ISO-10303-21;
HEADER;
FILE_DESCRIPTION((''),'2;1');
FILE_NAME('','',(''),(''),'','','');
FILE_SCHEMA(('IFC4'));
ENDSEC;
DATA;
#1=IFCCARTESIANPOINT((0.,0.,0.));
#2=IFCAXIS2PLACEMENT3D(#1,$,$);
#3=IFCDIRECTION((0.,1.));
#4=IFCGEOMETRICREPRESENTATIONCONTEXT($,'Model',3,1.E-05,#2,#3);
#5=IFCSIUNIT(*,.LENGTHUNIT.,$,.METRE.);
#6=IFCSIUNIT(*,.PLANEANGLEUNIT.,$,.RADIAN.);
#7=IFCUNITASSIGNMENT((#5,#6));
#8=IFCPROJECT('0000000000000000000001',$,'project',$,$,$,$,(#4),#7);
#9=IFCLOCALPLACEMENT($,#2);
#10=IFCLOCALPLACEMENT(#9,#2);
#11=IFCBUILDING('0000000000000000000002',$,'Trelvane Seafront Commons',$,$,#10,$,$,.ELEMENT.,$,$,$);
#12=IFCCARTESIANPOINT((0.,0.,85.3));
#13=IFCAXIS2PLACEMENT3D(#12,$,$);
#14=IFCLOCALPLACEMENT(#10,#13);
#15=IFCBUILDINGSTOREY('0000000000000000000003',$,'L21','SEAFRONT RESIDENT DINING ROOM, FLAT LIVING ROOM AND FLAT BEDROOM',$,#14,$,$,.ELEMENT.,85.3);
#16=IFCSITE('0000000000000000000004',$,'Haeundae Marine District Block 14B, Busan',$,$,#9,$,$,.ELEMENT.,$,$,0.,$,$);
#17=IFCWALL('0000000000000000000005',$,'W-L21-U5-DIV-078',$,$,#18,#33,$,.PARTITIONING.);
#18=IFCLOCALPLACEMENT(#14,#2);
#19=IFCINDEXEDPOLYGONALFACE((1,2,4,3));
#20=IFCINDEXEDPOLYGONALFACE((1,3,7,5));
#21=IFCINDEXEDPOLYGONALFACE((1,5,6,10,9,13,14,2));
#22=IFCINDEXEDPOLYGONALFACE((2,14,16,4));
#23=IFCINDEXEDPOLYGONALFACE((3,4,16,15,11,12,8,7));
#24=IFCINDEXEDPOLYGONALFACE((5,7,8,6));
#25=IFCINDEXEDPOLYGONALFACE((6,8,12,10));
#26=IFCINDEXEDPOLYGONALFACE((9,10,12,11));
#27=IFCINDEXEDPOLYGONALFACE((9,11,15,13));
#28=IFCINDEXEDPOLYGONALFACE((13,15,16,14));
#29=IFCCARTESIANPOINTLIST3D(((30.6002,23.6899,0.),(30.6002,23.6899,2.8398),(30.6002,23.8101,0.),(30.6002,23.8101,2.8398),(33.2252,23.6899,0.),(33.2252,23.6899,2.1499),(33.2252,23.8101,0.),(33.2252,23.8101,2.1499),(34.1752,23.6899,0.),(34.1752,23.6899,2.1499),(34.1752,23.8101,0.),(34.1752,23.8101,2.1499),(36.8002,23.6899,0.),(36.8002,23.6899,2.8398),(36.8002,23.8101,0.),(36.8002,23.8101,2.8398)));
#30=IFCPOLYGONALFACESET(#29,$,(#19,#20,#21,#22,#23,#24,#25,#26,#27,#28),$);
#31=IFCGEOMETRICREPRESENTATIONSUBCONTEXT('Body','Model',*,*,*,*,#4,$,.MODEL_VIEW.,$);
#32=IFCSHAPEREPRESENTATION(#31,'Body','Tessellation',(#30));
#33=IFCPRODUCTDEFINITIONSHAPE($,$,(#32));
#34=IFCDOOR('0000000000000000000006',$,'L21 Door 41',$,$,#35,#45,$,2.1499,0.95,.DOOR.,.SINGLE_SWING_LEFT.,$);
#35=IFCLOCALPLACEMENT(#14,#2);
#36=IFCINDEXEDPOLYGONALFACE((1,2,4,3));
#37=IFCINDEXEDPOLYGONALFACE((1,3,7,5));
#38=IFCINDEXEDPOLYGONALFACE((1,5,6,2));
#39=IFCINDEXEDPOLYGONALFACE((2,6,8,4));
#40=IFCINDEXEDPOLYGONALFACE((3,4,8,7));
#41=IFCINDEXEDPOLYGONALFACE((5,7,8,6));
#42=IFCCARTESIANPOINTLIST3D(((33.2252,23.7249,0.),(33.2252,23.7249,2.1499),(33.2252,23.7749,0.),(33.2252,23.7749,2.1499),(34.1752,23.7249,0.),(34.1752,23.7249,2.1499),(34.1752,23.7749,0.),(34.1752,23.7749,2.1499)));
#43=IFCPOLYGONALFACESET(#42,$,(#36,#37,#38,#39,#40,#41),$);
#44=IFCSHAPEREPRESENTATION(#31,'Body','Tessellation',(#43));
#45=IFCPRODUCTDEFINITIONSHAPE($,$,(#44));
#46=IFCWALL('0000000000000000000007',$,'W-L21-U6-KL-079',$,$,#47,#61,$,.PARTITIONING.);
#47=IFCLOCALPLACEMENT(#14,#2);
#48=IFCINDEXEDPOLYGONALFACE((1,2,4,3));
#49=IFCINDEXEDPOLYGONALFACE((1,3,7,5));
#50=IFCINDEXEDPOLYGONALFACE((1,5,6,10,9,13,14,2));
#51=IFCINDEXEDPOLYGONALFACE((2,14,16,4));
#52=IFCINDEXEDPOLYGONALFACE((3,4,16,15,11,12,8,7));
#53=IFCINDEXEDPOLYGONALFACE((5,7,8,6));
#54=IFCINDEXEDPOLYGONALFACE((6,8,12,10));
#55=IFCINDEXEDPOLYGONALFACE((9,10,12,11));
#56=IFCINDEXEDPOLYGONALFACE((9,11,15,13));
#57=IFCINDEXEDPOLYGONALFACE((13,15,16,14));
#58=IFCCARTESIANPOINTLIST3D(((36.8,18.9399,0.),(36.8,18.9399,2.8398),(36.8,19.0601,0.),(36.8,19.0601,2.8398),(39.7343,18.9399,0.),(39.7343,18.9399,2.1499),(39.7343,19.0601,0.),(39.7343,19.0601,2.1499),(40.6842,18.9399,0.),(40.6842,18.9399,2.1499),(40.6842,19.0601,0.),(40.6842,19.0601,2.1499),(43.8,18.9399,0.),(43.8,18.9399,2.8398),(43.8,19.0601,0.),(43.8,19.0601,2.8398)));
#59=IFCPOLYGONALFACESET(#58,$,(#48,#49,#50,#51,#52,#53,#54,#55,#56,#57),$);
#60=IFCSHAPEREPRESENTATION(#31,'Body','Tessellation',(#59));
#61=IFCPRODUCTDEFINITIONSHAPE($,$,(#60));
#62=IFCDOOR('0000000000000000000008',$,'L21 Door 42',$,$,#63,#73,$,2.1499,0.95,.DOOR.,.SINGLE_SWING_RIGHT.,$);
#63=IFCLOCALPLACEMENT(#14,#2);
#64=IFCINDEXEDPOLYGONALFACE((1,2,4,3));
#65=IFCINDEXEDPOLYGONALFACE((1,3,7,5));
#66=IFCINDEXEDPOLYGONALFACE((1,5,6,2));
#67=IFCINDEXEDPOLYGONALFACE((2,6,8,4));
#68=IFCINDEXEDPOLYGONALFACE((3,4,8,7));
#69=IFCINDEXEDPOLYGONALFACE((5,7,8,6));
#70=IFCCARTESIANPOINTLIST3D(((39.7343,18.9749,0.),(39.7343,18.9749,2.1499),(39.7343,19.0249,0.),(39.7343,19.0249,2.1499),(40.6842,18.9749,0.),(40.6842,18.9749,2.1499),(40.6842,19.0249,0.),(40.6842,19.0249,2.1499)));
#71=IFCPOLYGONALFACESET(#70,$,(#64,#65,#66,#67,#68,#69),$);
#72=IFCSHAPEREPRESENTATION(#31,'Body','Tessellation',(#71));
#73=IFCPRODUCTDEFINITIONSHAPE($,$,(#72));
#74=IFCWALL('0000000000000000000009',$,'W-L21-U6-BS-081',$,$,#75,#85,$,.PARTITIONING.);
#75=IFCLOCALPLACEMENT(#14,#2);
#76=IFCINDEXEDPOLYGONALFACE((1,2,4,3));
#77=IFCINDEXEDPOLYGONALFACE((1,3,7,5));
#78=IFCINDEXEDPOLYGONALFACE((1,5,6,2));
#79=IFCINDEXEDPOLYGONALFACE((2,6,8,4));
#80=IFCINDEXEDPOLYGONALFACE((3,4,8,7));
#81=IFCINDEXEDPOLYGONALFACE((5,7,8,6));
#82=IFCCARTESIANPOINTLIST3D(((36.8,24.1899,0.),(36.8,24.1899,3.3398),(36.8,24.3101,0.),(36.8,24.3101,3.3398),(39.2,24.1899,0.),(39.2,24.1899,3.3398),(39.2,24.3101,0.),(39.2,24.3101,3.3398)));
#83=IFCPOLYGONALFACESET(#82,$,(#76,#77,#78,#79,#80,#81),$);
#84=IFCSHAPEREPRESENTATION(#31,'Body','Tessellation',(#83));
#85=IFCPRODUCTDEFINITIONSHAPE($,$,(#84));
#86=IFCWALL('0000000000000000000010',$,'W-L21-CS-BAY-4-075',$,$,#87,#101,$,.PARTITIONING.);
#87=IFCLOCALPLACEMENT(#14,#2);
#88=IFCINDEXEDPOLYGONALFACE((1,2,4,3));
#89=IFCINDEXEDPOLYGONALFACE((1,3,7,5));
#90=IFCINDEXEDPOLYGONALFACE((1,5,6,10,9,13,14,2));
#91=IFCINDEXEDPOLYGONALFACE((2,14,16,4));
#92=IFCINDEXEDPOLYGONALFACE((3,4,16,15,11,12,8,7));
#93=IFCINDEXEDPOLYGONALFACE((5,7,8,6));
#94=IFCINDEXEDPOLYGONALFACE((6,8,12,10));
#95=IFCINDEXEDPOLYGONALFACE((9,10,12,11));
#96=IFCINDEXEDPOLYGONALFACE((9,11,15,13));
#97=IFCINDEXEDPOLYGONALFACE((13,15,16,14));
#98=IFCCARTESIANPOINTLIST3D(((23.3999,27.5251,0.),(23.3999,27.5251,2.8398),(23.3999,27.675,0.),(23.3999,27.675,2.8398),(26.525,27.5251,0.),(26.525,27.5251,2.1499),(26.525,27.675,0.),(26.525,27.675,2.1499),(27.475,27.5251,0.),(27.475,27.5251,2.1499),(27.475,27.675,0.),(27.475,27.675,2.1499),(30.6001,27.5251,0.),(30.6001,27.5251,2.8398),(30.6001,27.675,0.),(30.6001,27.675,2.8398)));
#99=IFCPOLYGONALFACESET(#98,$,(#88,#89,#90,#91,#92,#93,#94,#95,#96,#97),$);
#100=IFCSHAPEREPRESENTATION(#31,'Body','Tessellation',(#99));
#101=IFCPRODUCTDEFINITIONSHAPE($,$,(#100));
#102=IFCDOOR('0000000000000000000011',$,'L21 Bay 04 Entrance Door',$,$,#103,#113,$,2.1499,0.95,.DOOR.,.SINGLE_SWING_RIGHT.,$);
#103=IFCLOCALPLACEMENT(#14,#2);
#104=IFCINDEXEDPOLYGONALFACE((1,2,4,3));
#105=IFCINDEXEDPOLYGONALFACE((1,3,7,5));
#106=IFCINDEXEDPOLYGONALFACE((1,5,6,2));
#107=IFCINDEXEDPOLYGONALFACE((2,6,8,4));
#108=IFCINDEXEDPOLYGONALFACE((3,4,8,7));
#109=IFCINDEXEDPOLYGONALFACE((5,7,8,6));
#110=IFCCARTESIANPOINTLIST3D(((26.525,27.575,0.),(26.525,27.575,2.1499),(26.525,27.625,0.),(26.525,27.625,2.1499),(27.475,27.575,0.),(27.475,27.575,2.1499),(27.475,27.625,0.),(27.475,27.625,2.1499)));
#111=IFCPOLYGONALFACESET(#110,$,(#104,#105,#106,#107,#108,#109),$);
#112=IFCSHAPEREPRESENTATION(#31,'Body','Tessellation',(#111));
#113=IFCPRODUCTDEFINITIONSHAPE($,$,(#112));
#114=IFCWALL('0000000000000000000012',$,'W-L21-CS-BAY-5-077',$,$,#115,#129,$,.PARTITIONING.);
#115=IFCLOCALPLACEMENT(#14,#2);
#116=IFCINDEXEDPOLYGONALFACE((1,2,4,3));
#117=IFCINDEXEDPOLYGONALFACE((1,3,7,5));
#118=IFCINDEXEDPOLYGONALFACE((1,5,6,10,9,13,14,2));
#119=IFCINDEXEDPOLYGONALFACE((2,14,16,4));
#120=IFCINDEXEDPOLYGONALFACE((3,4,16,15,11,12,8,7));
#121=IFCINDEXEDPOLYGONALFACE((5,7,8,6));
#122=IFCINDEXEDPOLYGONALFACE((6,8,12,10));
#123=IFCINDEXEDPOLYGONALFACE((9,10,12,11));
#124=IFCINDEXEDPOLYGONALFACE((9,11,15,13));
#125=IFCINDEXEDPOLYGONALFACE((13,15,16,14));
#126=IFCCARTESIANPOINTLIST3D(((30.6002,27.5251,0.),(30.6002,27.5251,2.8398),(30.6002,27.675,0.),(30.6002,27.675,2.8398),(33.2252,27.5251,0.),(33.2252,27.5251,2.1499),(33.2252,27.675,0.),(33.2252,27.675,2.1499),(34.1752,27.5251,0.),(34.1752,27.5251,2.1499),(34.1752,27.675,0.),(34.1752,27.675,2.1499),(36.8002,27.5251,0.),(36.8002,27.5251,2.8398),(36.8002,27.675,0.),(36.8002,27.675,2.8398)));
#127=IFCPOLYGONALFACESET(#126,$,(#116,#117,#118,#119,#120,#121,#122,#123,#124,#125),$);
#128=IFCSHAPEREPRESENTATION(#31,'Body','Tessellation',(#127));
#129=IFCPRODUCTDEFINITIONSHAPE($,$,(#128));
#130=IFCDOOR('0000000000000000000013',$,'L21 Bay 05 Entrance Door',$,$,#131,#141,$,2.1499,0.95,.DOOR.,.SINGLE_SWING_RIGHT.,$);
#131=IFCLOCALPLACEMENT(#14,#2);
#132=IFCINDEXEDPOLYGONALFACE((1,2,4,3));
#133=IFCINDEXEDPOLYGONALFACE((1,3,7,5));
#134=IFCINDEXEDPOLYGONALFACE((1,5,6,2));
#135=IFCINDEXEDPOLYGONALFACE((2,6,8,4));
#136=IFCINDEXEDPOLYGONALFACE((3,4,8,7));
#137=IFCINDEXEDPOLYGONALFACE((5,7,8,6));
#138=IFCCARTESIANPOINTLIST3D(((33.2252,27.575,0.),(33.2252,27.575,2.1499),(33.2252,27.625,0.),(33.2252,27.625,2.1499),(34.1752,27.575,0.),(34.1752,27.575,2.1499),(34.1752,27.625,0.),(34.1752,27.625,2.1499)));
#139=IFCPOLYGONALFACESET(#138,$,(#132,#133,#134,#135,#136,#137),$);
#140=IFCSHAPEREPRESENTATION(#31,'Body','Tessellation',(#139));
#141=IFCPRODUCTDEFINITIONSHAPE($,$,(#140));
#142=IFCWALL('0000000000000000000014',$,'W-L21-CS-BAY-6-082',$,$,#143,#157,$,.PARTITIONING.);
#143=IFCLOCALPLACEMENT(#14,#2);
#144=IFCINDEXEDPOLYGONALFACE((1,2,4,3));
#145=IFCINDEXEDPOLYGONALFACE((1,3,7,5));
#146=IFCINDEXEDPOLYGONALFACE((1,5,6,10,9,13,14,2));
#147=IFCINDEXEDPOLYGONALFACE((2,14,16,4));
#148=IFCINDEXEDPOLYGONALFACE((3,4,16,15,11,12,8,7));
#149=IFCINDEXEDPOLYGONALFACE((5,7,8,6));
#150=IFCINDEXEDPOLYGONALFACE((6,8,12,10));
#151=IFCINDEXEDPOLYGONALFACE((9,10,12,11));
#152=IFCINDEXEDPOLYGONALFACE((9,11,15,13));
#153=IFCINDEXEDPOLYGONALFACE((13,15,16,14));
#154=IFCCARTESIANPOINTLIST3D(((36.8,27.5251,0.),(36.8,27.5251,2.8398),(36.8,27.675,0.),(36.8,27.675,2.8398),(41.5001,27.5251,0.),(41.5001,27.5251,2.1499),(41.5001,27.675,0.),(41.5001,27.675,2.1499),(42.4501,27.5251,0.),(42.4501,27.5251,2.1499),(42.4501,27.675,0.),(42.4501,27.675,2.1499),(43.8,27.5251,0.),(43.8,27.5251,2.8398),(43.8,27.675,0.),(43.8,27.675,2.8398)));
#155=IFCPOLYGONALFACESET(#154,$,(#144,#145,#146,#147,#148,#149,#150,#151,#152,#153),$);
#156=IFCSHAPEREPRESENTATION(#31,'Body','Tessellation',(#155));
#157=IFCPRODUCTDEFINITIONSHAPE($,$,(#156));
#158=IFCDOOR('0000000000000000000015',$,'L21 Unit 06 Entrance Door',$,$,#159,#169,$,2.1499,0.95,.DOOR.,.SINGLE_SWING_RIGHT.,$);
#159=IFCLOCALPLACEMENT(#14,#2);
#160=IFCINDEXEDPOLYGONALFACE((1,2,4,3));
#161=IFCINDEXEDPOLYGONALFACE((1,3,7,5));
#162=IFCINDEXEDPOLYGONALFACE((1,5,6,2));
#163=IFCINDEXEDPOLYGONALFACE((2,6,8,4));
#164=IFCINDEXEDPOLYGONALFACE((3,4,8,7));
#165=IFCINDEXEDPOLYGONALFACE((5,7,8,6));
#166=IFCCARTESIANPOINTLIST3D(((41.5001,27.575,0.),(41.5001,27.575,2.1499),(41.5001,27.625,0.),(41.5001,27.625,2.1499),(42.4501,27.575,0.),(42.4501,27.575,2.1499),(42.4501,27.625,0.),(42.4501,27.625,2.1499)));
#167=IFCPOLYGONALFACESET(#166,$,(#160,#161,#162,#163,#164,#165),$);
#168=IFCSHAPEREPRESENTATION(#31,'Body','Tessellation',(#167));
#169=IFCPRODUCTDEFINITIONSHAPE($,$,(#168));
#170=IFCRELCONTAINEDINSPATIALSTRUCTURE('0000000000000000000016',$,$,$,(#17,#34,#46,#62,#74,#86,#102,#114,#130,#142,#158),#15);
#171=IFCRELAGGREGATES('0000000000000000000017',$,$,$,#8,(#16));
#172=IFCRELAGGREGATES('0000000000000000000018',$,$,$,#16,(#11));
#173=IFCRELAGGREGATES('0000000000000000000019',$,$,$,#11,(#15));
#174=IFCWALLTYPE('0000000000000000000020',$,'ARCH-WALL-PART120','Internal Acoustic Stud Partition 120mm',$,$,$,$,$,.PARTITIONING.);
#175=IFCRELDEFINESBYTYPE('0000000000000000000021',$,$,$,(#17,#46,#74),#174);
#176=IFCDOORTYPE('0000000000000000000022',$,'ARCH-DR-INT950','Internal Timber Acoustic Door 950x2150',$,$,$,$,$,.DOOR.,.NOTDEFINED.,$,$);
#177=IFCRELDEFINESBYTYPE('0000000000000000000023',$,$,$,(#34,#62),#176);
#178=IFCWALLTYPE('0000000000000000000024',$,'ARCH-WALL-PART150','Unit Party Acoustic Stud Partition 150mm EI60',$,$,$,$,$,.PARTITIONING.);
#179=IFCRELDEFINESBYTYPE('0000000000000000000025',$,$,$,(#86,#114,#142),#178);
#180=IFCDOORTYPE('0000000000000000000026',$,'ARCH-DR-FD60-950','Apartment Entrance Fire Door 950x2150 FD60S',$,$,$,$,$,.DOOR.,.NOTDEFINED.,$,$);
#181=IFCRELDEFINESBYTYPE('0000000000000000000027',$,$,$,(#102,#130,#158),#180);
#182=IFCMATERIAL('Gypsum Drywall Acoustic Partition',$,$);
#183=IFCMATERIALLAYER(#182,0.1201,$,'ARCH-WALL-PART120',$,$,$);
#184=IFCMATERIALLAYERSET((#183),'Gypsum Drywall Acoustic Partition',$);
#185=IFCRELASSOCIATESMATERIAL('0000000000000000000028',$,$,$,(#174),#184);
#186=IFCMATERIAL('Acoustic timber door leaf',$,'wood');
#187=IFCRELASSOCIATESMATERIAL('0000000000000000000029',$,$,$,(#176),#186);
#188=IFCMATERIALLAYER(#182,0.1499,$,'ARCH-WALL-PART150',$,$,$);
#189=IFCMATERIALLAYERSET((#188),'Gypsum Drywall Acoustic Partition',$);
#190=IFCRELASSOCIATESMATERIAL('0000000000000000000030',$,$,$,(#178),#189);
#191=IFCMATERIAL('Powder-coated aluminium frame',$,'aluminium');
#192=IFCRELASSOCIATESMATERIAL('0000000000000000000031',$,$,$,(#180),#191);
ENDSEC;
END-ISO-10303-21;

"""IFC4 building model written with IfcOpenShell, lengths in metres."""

from ifc_helpers import new_model, si_unit, direction, frame, frame_2d, origin, place, context, subcontext, project, spatial, rectangle, extrude, source, transform, mapped, material, layer, layer_set, type_object, element, fill, save


model = new_model("IFC4")

# Units and contexts
model_context = context("Model", 3, precision=1e-05, world=origin(), true_north=direction((0.0, 1.0)))
body_context = subcontext(model_context, "Body", "Model", "MODEL_VIEW")
ifc_project = project(units=[si_unit("LENGTHUNIT", "METRE"), si_unit("PLANEANGLEUNIT", "RADIAN")], contexts=[model_context])

# Site, building, storey
site_placement = place(None, origin())
site = spatial("IfcSite", under=ifc_project, at=site_placement, Name="Haeundae Marine District Block 14B, Busan", CompositionType="ELEMENT", RefElevation=0.0)
building_placement = place(site_placement, origin())
building = spatial("IfcBuilding", under=site, at=building_placement, Name="Trelvane Seafront Commons", CompositionType="ELEMENT")
storey_placement = place(building_placement, frame((0.0, 0.0, 85.3)))
storey = spatial("IfcBuildingStorey", under=building, at=storey_placement, Name="L21", Description="SEAFRONT RESIDENT DINING ROOM, FLAT LIVING ROOM AND FLAT BEDROOM", CompositionType="ELEMENT", Elevation=85.3)

# Shared definitions
ifc_material_1 = material(Name="Gypsum Drywall Acoustic Partition")
ifc_layer_1 = layer(ifc_material_1, 0.1201, Name="ARCH-WALL-PART120")
ifc_layer_set_1 = layer_set([ifc_layer_1], Name="Gypsum Drywall Acoustic Partition")
wall_type_1 = type_object("IfcWallType", Name="ARCH-WALL-PART120", Description="Internal Acoustic Stud Partition 120mm", PredefinedType="PARTITIONING", material=ifc_layer_set_1)

# Walls, openings, doors
ifc_material_2 = material(Name="Acoustic timber door leaf", Category="wood")
door_type_1 = type_object("IfcDoorType", Name="ARCH-DR-INT950", Description="Internal Timber Acoustic Door 950x2150", OperationType="NOTDEFINED", PredefinedType="DOOR", material=ifc_material_2)
shared_shape_1 = source(origin(), body_context, "Body", "SweptSolid", [
    extrude(rectangle(XDim=0.95, YDim=2.1499, at=frame_2d((0.4751, 1.075))), frame((0.0, 0.0249, 0.0), z_axis=(0.0, -1.0, 0.0), x_axis=(1.0, 0.0, 0.0)), (0.0, 0.0, 1.0), 0.05),
])
wall_1_placement = place(storey_placement, frame((30.6001, 23.75, 0.0), z_axis=(0.0, 0.0, 1.0), x_axis=(1.0, 0.0, 0.0)))
wall_1 = element("IfcWall", 1, at=wall_1_placement, inside=storey, type_object=wall_type_1, Name="W-L21-U5-DIV-078", PredefinedType="PARTITIONING", context=body_context, shape_type="SweptSolid", body=[
    extrude(rectangle(XDim=6.2, YDim=0.1201, at=frame_2d((3.1001, 0.0))), origin(), (0.0, 0.0, 1.0), 2.8398),
])
opening_1_placement = place(wall_1_placement, frame((2.625, 0.0, 0.0)))
opening_1 = element("IfcOpeningElement", 2, at=opening_1_placement, cuts=wall_1, PredefinedType="OPENING", context=body_context, shape_type="SweptSolid", body=[
    extrude(rectangle(XDim=0.95, YDim=2.1499, at=frame_2d((0.4751, 1.075))), frame((0.0, 0.0701, 0.0), z_axis=(0.0, -1.0, 0.0), x_axis=(1.0, 0.0, 0.0)), (0.0, 0.0, 1.0), 0.1401),
])
door_1_placement = place(opening_1_placement, origin())
door_1 = element("IfcDoor", 3, at=door_1_placement, inside=storey, type_object=door_type_1, Name="L21 Door 41", OperationType="SINGLE_SWING_LEFT", OverallHeight=2.1499, OverallWidth=0.95, PredefinedType="DOOR", context=body_context, shape_type="MappedRepresentation", body=[
    mapped(shared_shape_1, transform((0.0, 0.0, 0.0), x_axis=(1.0, 0.0, 0.0), y_axis=(0.0, 1.0, 0.0), z_axis=(0.0, 0.0, 1.0), scale=1.0)),
])
fill(opening_1, door_1)
wall_2_placement = place(storey_placement, frame((36.8, 19.0, 0.0), z_axis=(0.0, 0.0, 1.0), x_axis=(1.0, 0.0, 0.0)))
wall_2 = element("IfcWall", 4, at=wall_2_placement, inside=storey, type_object=wall_type_1, Name="W-L21-U6-KL-079", PredefinedType="PARTITIONING", context=body_context, shape_type="SweptSolid", body=[
    extrude(rectangle(XDim=7.0, YDim=0.1201, at=frame_2d((3.5, 0.0))), origin(), (0.0, 0.0, 1.0), 2.8398),
])
opening_2_placement = place(wall_2_placement, frame((2.9341, 0.0, 0.0)))
opening_2 = element("IfcOpeningElement", 5, at=opening_2_placement, cuts=wall_2, PredefinedType="OPENING", context=body_context, shape_type="SweptSolid", body=[
    extrude(rectangle(XDim=0.95, YDim=2.1499, at=frame_2d((0.4751, 1.075))), frame((0.0, 0.0701, 0.0), z_axis=(0.0, -1.0, 0.0), x_axis=(1.0, 0.0, 0.0)), (0.0, 0.0, 1.0), 0.1401),
])
door_2_placement = place(opening_2_placement, origin())
door_2 = element("IfcDoor", 6, at=door_2_placement, inside=storey, type_object=door_type_1, Name="L21 Door 42", OperationType="SINGLE_SWING_RIGHT", OverallHeight=2.1499, OverallWidth=0.95, PredefinedType="DOOR", context=body_context, shape_type="MappedRepresentation", body=[
    mapped(shared_shape_1, transform((0.0, 0.0, 0.0), x_axis=(1.0, 0.0, 0.0), y_axis=(0.0, 1.0, 0.0), z_axis=(0.0, 0.0, 1.0), scale=1.0)),
])
fill(opening_2, door_2)

# Wall
wall_3_placement = place(storey_placement, frame((36.8, 24.25, 0.0), z_axis=(0.0, 0.0, 1.0), x_axis=(1.0, 0.0, 0.0)))
element("IfcWall", 7, at=wall_3_placement, inside=storey, type_object=wall_type_1, Name="W-L21-U6-BS-081", PredefinedType="PARTITIONING", context=body_context, shape_type="SweptSolid", body=[
    extrude(rectangle(XDim=2.3999, YDim=0.1201, at=frame_2d((1.2, 0.0))), origin(), (0.0, 0.0, 1.0), 3.3398),
])

# Walls, openings, doors
ifc_layer_2 = layer(ifc_material_1, 0.1499, Name="ARCH-WALL-PART150")
ifc_layer_set_2 = layer_set([ifc_layer_2], Name="Gypsum Drywall Acoustic Partition")
wall_type_2 = type_object("IfcWallType", Name="ARCH-WALL-PART150", Description="Unit Party Acoustic Stud Partition 150mm EI60", PredefinedType="PARTITIONING", material=ifc_layer_set_2)
wall_4_placement = place(storey_placement, frame((23.3999, 27.6001, 0.0), z_axis=(0.0, 0.0, 1.0), x_axis=(1.0, 0.0, 0.0)))
wall_4 = element("IfcWall", 8, at=wall_4_placement, inside=storey, type_object=wall_type_2, Name="W-L21-CS-BAY-4-075", PredefinedType="PARTITIONING", context=body_context, shape_type="SweptSolid", body=[
    extrude(rectangle(XDim=7.2002, YDim=0.1499, at=frame_2d((3.6001, 0.0))), origin(), (0.0, 0.0, 1.0), 2.8398),
])
opening_3_placement = place(wall_4_placement, frame((3.125, 0.0, 0.0)))
opening_3 = element("IfcOpeningElement", 9, at=opening_3_placement, cuts=wall_4, PredefinedType="OPENING", context=body_context, shape_type="SweptSolid", body=[
    extrude(rectangle(XDim=0.95, YDim=2.1499, at=frame_2d((0.4751, 1.075))), frame((0.0, 0.085, 0.0), z_axis=(0.0, -1.0, 0.0), x_axis=(1.0, 0.0, 0.0)), (0.0, 0.0, 1.0), 0.1699),
])
ifc_material_3 = material(Name="Powder-coated aluminium frame", Category="aluminium")
door_type_2 = type_object("IfcDoorType", Name="ARCH-DR-FD60-950", Description="Apartment Entrance Fire Door 950x2150 FD60S", OperationType="NOTDEFINED", PredefinedType="DOOR", material=ifc_material_3)
door_3_placement = place(opening_3_placement, origin())
door_3 = element("IfcDoor", 10, at=door_3_placement, inside=storey, type_object=door_type_2, Name="L21 Bay 04 Entrance Door", OperationType="SINGLE_SWING_RIGHT", OverallHeight=2.1499, OverallWidth=0.95, PredefinedType="DOOR", context=body_context, shape_type="MappedRepresentation", body=[
    mapped(shared_shape_1, transform((0.0, 0.0, 0.0), x_axis=(1.0, 0.0, 0.0), y_axis=(0.0, 1.0, 0.0), z_axis=(0.0, 0.0, 1.0), scale=1.0)),
])
fill(opening_3, door_3)
wall_5_placement = place(storey_placement, frame((30.6001, 27.6001, 0.0), z_axis=(0.0, 0.0, 1.0), x_axis=(1.0, 0.0, 0.0)))
wall_5 = element("IfcWall", 11, at=wall_5_placement, inside=storey, type_object=wall_type_2, Name="W-L21-CS-BAY-5-077", PredefinedType="PARTITIONING", context=body_context, shape_type="SweptSolid", body=[
    extrude(rectangle(XDim=6.2, YDim=0.1499, at=frame_2d((3.1001, 0.0))), origin(), (0.0, 0.0, 1.0), 2.8398),
])
opening_4_placement = place(wall_5_placement, frame((2.625, 0.0, 0.0)))
opening_4 = element("IfcOpeningElement", 12, at=opening_4_placement, cuts=wall_5, PredefinedType="OPENING", context=body_context, shape_type="SweptSolid", body=[
    extrude(rectangle(XDim=0.95, YDim=2.1499, at=frame_2d((0.4751, 1.075))), frame((0.0, 0.085, 0.0), z_axis=(0.0, -1.0, 0.0), x_axis=(1.0, 0.0, 0.0)), (0.0, 0.0, 1.0), 0.1699),
])
door_4_placement = place(opening_4_placement, origin())
door_4 = element("IfcDoor", 13, at=door_4_placement, inside=storey, type_object=door_type_2, Name="L21 Bay 05 Entrance Door", OperationType="SINGLE_SWING_RIGHT", OverallHeight=2.1499, OverallWidth=0.95, PredefinedType="DOOR", context=body_context, shape_type="MappedRepresentation", body=[
    mapped(shared_shape_1, transform((0.0, 0.0, 0.0), x_axis=(1.0, 0.0, 0.0), y_axis=(0.0, 1.0, 0.0), z_axis=(0.0, 0.0, 1.0), scale=1.0)),
])
fill(opening_4, door_4)
wall_6_placement = place(storey_placement, frame((36.8, 27.6001, 0.0), z_axis=(0.0, 0.0, 1.0), x_axis=(1.0, 0.0, 0.0)))
wall_6 = element("IfcWall", 14, at=wall_6_placement, inside=storey, type_object=wall_type_2, Name="W-L21-CS-BAY-6-082", PredefinedType="PARTITIONING", context=body_context, shape_type="SweptSolid", body=[
    extrude(rectangle(XDim=7.0, YDim=0.1499, at=frame_2d((3.5, 0.0))), origin(), (0.0, 0.0, 1.0), 2.8398),
])
opening_5_placement = place(wall_6_placement, frame((4.7, 0.0, 0.0)))
opening_5 = element("IfcOpeningElement", 15, at=opening_5_placement, cuts=wall_6, PredefinedType="OPENING", context=body_context, shape_type="SweptSolid", body=[
    extrude(rectangle(XDim=0.95, YDim=2.1499, at=frame_2d((0.4751, 1.075))), frame((0.0, 0.085, 0.0), z_axis=(0.0, -1.0, 0.0), x_axis=(1.0, 0.0, 0.0)), (0.0, 0.0, 1.0), 0.1699),
])
door_5_placement = place(opening_5_placement, origin())
door_5 = element("IfcDoor", 16, at=door_5_placement, inside=storey, type_object=door_type_2, Name="L21 Unit 06 Entrance Door", OperationType="SINGLE_SWING_RIGHT", OverallHeight=2.1499, OverallWidth=0.95, PredefinedType="DOOR", context=body_context, shape_type="MappedRepresentation", body=[
    mapped(shared_shape_1, transform((0.0, 0.0, 0.0), x_axis=(1.0, 0.0, 0.0), y_axis=(0.0, 1.0, 0.0), z_axis=(0.0, 0.0, 1.0), scale=1.0)),
])
fill(opening_5, door_5)

save(model, "model.ifc")
